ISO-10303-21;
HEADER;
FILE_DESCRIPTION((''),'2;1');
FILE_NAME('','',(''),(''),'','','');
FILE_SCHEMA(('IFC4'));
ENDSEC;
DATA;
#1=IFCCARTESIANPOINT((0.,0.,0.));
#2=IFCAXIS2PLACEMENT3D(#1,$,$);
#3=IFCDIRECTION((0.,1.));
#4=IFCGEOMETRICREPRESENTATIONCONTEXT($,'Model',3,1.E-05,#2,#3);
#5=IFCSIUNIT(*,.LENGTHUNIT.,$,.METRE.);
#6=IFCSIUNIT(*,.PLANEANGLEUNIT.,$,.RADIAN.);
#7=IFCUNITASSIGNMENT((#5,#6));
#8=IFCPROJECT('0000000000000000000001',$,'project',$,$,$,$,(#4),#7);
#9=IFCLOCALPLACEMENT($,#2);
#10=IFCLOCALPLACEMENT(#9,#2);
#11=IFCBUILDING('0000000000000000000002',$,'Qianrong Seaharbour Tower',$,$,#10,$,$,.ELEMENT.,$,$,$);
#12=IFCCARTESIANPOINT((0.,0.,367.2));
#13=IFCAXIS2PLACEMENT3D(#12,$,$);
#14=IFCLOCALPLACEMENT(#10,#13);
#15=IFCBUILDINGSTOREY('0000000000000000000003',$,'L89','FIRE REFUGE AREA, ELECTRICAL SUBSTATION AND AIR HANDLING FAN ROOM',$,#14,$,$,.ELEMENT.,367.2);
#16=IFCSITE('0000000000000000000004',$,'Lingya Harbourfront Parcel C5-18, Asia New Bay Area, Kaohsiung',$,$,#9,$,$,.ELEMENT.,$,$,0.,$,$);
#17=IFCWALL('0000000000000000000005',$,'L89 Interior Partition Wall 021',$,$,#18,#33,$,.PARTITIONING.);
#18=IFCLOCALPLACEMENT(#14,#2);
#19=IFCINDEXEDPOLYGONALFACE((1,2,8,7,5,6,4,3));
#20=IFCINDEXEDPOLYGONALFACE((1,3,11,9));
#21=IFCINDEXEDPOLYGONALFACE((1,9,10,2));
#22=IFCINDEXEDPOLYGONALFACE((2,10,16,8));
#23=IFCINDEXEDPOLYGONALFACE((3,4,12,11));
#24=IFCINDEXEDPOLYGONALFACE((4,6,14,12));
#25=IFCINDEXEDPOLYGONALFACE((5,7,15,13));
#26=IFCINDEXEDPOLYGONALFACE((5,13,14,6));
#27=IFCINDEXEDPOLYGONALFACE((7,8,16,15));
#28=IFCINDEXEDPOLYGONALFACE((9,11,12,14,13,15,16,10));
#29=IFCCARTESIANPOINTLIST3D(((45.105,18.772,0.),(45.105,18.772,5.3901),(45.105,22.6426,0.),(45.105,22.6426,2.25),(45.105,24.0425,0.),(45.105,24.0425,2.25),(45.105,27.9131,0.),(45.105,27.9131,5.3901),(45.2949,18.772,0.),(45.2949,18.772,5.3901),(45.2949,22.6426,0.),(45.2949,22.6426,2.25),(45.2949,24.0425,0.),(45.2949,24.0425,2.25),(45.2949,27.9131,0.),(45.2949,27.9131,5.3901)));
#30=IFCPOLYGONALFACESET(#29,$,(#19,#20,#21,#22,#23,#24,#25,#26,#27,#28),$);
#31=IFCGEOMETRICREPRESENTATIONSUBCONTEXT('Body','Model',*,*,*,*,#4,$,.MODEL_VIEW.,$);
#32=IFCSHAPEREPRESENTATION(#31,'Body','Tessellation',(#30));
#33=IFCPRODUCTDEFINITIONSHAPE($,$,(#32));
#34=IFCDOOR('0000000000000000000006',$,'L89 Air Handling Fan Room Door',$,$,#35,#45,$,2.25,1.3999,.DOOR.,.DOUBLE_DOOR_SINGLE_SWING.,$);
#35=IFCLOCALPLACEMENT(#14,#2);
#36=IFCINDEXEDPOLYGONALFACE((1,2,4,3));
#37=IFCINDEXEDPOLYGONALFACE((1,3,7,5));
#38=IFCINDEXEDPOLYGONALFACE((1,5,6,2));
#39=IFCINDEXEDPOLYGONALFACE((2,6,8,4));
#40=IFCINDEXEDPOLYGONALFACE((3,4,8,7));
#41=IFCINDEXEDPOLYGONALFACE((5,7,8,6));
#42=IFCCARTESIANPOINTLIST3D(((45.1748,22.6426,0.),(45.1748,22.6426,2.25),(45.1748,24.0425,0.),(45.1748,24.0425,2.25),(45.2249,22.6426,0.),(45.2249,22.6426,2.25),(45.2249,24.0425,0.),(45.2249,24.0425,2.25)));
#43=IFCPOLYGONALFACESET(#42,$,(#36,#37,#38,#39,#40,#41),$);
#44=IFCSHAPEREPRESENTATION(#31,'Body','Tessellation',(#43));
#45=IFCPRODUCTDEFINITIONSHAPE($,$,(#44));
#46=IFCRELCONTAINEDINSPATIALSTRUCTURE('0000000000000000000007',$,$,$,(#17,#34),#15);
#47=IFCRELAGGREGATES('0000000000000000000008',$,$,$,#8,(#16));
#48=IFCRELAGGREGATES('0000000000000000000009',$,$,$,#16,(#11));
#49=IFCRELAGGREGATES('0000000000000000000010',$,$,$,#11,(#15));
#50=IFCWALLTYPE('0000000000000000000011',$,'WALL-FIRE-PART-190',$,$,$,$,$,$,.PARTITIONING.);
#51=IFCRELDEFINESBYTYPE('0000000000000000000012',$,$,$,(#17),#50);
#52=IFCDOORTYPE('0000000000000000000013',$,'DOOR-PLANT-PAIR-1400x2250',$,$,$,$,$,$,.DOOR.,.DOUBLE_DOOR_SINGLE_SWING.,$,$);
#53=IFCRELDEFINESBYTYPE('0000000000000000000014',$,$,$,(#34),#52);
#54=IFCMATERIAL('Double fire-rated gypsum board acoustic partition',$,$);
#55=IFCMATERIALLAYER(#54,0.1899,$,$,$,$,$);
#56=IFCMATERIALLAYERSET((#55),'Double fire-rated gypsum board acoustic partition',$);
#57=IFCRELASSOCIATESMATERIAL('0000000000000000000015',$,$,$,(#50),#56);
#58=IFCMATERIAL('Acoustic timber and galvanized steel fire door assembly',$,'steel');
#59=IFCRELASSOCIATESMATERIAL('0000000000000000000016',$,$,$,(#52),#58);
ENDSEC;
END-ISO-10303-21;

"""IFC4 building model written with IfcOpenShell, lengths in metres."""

from ifc_helpers import new_model, si_unit, direction, frame, frame_2d, origin, place, context, subcontext, project, spatial, rectangle, extrude, material, layer, layer_set, type_object, element, fill, save


model = new_model("IFC4")

# Units and contexts
model_context = context("Model", 3, precision=1e-05, world=origin(), true_north=direction((0.0, 1.0)))
body_context = subcontext(model_context, "Body", "Model", "MODEL_VIEW")
ifc_project = project(units=[si_unit("LENGTHUNIT", "METRE"), si_unit("PLANEANGLEUNIT", "RADIAN")], contexts=[model_context])

# Site, building, storey
site_placement = place(None, origin())
site = spatial("IfcSite", under=ifc_project, at=site_placement, Name="Lingya Harbourfront Parcel C5-18, Asia New Bay Area, Kaohsiung", CompositionType="ELEMENT", RefElevation=0.0)
building_placement = place(site_placement, origin())
building = spatial("IfcBuilding", under=site, at=building_placement, Name="Qianrong Seaharbour Tower", CompositionType="ELEMENT")
storey_placement = place(building_placement, frame((0.0, 0.0, 367.2)))
storey = spatial("IfcBuildingStorey", under=building, at=storey_placement, Name="L89", Description="FIRE REFUGE AREA, ELECTRICAL SUBSTATION AND AIR HANDLING FAN ROOM", CompositionType="ELEMENT", Elevation=367.2)

# Wall, opening, door
ifc_material_1 = material(Name="Double fire-rated gypsum board acoustic partition")
ifc_layer_1 = layer(ifc_material_1, 0.1899)
ifc_layer_set_1 = layer_set([ifc_layer_1], Name="Double fire-rated gypsum board acoustic partition")
wall_type = type_object("IfcWallType", Name="WALL-FIRE-PART-190", PredefinedType="PARTITIONING", material=ifc_layer_set_1)
wall_placement = place(storey_placement, frame((45.2, 27.9131, 0.0), z_axis=(0.0, 0.0, 1.0), x_axis=(0.0, -1.0, 0.0)))
wall = element("IfcWall", 1, at=wall_placement, inside=storey, type_object=wall_type, Name="L89 Interior Partition Wall 021", PredefinedType="PARTITIONING", context=body_context, shape_type="SweptSolid", body=[
    extrude(rectangle(XDim=9.1411, YDim=0.1899, at=frame_2d((4.5706, 0.0))), origin(), (0.0, 0.0, 1.0), 5.3901),
])
opening_placement = place(wall_placement, frame((3.8706, 0.0, 0.0)))
opening = element("IfcOpeningElement", 2, at=opening_placement, cuts=wall, PredefinedType="OPENING", context=body_context, shape_type="SweptSolid", body=[
    extrude(rectangle(XDim=1.3999, YDim=2.25, at=frame_2d((0.7, 1.125))), frame((0.0, 0.105, 0.0), z_axis=(0.0, -1.0, 0.0), x_axis=(1.0, 0.0, 0.0)), (0.0, 0.0, 1.0), 0.21),
])
ifc_material_2 = material(Name="Acoustic timber and galvanized steel fire door assembly", Category="steel")
door_type = type_object("IfcDoorType", Name="DOOR-PLANT-PAIR-1400x2250", OperationType="DOUBLE_DOOR_SINGLE_SWING", PredefinedType="DOOR", material=ifc_material_2)
door_placement = place(opening_placement, origin())
door = element("IfcDoor", 3, at=door_placement, inside=storey, type_object=door_type, Name="L89 Air Handling Fan Room Door", OperationType="DOUBLE_DOOR_SINGLE_SWING", OverallHeight=2.25, OverallWidth=1.3999, PredefinedType="DOOR", context=body_context, shape_type="SweptSolid", body=[
    extrude(rectangle(XDim=1.3999, YDim=2.25, at=frame_2d((0.7, 1.125))), frame((0.0, 0.0249, 0.0), z_axis=(0.0, -1.0, 0.0), x_axis=(1.0, 0.0, 0.0)), (0.0, 0.0, 1.0), 0.05),
])
fill(opening, door)

save(model, "model.ifc")
